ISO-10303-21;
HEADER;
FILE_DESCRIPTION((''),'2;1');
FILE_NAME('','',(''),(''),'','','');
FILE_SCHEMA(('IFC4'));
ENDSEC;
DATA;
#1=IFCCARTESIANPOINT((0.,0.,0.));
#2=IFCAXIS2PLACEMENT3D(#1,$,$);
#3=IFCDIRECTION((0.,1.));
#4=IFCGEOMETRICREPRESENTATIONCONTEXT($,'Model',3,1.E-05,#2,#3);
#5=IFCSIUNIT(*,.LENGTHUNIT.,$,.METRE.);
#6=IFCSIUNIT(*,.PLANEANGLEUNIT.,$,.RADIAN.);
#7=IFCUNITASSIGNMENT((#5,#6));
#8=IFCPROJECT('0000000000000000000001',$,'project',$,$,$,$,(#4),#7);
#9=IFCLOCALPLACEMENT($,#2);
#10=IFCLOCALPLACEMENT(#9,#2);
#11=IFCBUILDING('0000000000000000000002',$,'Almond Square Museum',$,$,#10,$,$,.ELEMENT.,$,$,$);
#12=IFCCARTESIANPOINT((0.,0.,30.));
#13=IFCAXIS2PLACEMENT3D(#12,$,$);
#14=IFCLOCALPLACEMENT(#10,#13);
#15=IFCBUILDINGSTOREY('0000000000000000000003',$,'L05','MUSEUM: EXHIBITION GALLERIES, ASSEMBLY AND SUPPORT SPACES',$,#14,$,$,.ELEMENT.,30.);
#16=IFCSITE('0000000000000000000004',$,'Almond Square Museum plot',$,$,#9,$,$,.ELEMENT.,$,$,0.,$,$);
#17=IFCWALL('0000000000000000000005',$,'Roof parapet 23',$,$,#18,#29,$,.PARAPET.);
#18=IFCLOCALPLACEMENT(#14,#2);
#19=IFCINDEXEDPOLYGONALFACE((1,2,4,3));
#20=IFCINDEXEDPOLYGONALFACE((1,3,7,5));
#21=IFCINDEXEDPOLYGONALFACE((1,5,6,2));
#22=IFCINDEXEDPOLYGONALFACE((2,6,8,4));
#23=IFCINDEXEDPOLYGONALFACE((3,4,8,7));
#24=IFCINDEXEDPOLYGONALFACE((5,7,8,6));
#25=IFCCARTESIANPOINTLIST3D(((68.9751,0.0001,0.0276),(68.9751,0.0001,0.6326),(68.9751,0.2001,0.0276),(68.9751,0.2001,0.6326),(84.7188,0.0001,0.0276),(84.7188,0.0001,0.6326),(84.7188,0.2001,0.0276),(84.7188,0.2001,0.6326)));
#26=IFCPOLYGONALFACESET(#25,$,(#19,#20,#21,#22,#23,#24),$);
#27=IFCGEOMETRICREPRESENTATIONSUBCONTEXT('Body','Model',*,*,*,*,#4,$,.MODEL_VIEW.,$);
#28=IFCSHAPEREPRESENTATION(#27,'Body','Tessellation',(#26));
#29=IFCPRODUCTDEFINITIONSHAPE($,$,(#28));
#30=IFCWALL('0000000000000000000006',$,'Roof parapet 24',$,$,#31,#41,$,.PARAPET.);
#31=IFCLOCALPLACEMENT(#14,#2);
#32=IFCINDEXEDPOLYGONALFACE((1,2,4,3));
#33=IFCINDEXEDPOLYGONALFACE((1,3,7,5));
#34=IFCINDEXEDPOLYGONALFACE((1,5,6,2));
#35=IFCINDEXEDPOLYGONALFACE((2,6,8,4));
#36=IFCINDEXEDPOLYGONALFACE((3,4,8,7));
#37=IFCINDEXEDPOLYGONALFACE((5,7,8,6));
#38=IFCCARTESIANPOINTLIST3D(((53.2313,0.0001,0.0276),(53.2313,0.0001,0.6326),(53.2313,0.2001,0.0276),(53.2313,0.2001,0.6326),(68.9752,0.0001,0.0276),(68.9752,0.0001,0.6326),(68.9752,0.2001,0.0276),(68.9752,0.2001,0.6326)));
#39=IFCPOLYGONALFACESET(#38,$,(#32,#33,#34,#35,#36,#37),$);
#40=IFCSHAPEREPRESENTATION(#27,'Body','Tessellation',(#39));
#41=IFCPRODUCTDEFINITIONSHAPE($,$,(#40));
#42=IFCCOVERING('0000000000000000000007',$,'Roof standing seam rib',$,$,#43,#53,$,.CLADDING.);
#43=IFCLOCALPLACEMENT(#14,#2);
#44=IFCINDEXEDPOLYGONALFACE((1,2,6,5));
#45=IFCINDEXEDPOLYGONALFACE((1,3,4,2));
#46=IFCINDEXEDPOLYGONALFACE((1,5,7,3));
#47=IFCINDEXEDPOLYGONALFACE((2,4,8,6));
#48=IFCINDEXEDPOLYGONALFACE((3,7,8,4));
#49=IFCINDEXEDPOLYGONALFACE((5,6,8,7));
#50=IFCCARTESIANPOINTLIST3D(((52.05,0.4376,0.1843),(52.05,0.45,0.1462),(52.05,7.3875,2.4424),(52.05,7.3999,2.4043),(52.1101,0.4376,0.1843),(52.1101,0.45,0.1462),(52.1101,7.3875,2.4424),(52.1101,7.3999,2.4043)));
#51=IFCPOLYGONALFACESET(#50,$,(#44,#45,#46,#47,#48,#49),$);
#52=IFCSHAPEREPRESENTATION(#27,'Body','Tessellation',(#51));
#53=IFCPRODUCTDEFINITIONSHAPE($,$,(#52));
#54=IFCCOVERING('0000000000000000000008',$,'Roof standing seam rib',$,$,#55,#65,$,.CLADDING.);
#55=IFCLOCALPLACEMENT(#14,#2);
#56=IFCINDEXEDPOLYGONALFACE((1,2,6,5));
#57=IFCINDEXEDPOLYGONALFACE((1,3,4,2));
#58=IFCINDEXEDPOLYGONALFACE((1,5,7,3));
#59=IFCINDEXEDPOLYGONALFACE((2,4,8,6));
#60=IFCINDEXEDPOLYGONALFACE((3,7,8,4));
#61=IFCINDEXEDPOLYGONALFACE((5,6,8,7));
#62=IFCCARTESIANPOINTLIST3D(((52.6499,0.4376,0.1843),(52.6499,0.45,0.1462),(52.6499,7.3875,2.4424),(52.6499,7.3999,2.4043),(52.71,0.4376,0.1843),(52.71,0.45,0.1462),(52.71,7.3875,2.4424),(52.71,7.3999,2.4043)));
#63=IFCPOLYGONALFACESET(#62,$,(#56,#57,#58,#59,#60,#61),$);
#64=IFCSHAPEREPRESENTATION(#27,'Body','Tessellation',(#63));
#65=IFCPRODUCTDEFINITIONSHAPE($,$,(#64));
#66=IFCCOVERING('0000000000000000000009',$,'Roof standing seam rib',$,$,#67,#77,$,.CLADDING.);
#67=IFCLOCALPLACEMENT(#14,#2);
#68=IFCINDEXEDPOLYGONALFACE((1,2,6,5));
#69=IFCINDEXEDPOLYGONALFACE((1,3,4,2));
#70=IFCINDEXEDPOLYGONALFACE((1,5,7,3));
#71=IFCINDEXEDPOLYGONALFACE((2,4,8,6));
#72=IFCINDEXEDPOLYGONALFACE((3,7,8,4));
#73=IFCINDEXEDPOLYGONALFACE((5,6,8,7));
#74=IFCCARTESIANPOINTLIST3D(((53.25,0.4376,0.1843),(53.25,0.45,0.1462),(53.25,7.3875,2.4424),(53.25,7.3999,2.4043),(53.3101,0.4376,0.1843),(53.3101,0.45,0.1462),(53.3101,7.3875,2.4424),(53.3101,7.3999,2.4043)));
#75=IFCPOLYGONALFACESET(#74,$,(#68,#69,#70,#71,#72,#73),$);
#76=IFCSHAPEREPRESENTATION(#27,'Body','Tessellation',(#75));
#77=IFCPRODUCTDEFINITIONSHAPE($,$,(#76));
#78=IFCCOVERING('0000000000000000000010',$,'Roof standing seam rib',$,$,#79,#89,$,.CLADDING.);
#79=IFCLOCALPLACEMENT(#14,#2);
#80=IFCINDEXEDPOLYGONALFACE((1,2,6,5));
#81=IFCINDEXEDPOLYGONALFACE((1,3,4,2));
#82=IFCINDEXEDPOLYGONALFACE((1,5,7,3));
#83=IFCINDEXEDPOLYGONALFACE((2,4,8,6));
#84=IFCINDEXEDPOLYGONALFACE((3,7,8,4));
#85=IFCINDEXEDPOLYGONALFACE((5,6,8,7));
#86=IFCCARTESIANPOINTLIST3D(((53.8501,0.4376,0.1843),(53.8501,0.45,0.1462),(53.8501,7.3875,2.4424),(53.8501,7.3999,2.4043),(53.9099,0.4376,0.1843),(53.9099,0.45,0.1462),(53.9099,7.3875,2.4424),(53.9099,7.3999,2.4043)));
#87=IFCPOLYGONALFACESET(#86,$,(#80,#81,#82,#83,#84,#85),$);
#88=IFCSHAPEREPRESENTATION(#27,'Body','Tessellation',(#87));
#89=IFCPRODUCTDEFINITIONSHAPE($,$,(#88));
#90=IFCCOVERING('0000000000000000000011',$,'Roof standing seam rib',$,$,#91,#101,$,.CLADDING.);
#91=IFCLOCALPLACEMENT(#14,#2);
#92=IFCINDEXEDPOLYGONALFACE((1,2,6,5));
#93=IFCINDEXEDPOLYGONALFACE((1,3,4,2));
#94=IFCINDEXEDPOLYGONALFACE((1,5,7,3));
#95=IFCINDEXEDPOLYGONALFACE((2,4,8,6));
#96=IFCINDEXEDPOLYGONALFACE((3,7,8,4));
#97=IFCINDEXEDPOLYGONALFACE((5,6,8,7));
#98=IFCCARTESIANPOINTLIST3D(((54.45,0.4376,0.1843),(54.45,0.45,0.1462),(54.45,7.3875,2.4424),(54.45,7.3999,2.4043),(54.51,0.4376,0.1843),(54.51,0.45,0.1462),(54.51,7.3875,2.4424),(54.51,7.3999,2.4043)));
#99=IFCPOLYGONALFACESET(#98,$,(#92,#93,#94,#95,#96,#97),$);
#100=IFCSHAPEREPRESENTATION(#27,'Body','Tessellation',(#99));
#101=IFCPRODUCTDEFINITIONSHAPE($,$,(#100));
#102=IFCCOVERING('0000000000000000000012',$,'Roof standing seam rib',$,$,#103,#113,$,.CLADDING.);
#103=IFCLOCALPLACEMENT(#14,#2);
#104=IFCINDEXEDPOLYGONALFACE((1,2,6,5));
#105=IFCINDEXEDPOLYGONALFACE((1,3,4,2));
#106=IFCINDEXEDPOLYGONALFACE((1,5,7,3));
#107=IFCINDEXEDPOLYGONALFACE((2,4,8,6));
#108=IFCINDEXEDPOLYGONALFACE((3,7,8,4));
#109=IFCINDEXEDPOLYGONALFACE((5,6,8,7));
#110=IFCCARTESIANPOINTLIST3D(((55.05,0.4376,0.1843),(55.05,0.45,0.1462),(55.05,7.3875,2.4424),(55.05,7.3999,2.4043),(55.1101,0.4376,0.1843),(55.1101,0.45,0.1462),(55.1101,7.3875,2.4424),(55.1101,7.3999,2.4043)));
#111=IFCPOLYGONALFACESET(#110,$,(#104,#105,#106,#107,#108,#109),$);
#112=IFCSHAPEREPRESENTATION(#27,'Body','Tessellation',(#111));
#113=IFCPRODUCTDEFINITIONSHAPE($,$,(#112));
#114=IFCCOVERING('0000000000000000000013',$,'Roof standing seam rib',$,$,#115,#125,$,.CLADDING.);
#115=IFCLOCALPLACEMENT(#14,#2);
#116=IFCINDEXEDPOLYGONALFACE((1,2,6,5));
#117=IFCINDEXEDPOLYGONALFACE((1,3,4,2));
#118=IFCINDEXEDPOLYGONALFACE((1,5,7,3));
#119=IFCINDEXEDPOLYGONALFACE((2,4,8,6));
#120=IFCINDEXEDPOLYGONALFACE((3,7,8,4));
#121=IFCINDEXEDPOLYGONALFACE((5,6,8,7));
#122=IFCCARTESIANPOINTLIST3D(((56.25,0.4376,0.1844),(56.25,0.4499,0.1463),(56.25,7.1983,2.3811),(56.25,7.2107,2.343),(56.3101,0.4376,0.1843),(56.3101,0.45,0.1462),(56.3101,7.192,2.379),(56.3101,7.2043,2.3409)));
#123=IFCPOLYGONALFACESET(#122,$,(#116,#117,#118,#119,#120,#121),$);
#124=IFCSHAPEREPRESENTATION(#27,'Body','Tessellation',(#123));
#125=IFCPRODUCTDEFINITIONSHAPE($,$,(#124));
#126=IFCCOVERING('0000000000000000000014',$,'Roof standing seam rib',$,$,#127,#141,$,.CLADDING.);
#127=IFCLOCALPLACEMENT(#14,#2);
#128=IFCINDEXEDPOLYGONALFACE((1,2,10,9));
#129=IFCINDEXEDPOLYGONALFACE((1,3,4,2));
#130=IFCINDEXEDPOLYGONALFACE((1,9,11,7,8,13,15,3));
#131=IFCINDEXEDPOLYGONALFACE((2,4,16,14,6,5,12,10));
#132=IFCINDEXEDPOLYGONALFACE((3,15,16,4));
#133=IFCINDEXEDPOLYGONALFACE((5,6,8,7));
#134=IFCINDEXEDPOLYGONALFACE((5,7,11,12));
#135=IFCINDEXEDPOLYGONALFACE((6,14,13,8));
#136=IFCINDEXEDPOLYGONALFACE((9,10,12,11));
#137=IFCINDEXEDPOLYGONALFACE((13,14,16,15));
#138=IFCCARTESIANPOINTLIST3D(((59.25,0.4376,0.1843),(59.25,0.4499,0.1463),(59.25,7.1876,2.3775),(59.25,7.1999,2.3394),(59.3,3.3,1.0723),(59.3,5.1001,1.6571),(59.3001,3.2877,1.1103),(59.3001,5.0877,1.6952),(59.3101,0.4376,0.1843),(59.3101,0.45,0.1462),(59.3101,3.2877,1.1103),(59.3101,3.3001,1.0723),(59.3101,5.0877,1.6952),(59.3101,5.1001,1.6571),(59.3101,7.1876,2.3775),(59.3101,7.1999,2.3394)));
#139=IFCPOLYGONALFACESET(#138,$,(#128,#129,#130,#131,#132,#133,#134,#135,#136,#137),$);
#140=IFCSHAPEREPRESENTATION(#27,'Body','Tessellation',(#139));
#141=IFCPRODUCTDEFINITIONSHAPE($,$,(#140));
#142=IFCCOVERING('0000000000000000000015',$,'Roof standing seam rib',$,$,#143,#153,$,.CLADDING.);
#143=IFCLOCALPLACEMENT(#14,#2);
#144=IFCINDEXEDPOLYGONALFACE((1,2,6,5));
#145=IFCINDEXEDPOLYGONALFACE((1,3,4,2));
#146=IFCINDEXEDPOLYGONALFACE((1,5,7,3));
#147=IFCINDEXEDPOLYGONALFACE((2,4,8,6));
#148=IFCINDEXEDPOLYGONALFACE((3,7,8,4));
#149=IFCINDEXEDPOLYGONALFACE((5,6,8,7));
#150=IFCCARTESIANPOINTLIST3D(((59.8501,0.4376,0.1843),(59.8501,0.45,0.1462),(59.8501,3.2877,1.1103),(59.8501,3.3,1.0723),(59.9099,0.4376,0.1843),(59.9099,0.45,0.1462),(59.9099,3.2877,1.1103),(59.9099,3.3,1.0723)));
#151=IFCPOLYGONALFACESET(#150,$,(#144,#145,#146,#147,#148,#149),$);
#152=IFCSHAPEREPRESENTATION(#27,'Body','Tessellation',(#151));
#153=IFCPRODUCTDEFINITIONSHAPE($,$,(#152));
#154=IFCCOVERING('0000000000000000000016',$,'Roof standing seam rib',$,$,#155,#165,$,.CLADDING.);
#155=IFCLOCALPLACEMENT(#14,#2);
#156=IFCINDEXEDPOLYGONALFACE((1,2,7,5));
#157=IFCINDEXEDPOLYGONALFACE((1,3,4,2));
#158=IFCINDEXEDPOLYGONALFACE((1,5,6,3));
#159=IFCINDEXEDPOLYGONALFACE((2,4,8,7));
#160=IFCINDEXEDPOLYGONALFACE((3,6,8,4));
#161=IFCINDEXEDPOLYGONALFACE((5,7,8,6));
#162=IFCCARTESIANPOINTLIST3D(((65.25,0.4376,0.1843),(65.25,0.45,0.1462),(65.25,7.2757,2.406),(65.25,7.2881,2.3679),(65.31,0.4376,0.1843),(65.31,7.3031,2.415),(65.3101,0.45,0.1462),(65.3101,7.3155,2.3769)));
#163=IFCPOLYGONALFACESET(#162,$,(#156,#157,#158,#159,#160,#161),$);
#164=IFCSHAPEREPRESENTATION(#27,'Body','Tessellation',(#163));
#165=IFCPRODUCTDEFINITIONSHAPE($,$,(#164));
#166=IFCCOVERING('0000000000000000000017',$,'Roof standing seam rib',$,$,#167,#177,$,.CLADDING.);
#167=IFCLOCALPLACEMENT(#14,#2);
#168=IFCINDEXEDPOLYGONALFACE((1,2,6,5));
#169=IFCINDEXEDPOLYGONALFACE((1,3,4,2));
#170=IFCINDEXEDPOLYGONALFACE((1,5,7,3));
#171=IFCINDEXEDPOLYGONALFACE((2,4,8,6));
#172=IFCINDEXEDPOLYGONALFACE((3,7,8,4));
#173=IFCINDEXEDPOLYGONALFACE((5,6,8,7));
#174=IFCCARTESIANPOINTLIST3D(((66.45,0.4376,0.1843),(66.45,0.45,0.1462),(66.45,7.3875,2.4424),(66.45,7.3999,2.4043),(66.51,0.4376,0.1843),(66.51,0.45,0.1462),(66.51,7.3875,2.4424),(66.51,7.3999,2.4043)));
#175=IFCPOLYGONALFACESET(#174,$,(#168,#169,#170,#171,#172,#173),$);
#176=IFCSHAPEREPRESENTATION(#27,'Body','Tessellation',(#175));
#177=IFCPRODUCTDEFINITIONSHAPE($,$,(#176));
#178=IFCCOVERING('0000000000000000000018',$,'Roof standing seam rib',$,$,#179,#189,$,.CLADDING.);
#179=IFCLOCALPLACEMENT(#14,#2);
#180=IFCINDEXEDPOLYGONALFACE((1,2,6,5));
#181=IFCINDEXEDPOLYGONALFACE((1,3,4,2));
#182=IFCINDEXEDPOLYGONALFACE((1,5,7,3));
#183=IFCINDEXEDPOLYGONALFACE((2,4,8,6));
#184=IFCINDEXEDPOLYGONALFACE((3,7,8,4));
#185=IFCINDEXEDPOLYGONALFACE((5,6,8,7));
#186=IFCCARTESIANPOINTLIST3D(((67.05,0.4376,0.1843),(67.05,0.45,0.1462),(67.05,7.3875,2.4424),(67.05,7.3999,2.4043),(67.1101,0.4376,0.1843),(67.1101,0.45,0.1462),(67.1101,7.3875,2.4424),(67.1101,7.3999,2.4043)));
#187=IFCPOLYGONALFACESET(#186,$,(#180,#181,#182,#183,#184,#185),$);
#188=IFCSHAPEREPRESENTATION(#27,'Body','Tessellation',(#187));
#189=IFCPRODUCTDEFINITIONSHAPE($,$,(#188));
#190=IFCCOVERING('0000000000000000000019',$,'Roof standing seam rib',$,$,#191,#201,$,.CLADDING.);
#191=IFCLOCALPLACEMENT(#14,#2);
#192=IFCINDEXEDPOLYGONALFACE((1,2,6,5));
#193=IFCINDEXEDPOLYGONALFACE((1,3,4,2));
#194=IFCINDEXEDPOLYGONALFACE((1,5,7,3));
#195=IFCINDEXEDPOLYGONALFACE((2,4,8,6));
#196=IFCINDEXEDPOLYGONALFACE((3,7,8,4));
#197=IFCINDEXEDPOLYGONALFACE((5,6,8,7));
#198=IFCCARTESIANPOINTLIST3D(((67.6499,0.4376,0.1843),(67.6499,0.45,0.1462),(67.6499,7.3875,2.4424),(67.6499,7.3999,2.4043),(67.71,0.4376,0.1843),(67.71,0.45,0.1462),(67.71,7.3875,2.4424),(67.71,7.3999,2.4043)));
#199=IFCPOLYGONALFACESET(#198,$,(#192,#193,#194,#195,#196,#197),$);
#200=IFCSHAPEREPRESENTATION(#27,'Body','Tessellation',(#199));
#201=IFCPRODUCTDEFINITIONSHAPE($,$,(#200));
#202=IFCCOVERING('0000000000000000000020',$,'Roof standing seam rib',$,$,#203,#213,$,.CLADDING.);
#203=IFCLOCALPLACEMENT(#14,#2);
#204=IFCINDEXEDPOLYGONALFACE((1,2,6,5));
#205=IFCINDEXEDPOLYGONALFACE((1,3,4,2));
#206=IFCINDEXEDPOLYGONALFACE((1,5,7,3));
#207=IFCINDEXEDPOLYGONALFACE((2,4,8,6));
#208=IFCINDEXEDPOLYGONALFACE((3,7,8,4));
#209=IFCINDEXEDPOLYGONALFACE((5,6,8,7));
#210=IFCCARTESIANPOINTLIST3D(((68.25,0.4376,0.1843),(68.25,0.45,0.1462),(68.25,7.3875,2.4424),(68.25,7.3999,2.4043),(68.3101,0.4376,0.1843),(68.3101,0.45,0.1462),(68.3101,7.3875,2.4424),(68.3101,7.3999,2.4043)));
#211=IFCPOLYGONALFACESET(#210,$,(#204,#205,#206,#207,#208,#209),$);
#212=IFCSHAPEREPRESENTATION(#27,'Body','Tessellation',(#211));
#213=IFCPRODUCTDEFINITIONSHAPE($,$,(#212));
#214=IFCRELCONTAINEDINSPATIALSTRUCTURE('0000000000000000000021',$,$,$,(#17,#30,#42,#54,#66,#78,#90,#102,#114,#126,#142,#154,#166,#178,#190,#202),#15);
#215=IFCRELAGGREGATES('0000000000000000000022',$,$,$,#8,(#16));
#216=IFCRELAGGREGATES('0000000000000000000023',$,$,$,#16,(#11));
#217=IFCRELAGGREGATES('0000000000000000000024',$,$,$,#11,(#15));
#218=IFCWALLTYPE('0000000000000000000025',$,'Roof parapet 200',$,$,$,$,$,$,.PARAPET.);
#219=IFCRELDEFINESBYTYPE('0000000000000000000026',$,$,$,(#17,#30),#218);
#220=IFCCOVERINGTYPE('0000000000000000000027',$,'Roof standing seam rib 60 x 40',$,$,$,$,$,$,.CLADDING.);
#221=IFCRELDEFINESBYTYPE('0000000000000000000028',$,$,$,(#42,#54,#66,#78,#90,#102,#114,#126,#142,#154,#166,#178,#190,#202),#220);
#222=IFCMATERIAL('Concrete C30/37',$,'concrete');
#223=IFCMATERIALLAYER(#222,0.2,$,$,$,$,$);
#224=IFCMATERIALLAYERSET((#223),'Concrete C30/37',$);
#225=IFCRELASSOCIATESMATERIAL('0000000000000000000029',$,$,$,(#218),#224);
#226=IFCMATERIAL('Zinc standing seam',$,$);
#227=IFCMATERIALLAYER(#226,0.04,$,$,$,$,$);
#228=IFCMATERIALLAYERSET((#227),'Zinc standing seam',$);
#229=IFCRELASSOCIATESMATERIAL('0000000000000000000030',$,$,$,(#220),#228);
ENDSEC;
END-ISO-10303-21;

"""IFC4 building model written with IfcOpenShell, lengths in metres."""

from ifc_helpers import new_model, si_unit, direction, frame, frame_2d, origin, place, context, subcontext, project, spatial, polyline, rectangle, outline, extrude, material, layer, layer_set, type_object, element, save


model = new_model("IFC4")

# Units and contexts
model_context = context("Model", 3, precision=1e-05, world=origin(), true_north=direction((0.0, 1.0)))
body_context = subcontext(model_context, "Body", "Model", "MODEL_VIEW")
ifc_project = project(units=[si_unit("LENGTHUNIT", "METRE"), si_unit("PLANEANGLEUNIT", "RADIAN")], contexts=[model_context])

# Site, building, storey
site_placement = place(None, origin())
site = spatial("IfcSite", under=ifc_project, at=site_placement, Name="Almond Square Museum plot", CompositionType="ELEMENT", RefElevation=0.0)
building_placement = place(site_placement, origin())
building = spatial("IfcBuilding", under=site, at=building_placement, Name="Almond Square Museum", CompositionType="ELEMENT")
storey_placement = place(building_placement, frame((0.0, 0.0, 30.0)))
storey = spatial("IfcBuildingStorey", under=building, at=storey_placement, Name="L05", Description="MUSEUM: EXHIBITION GALLERIES, ASSEMBLY AND SUPPORT SPACES", CompositionType="ELEMENT", Elevation=30.0)

# Walls
ifc_material_1 = material(Name="Concrete C30/37", Category="concrete")
ifc_layer_1 = layer(ifc_material_1, 0.2)
ifc_layer_set_1 = layer_set([ifc_layer_1], Name="Concrete C30/37")
wall_type = type_object("IfcWallType", Name="Roof parapet 200", PredefinedType="PARAPET", material=ifc_layer_set_1)
wall_1_placement = place(storey_placement, frame((68.9751, 0.1001, 0.0276), z_axis=(0.0, 0.0, 1.0), x_axis=(1.0, 0.0, 0.0)))
element("IfcWall", 1, at=wall_1_placement, inside=storey, type_object=wall_type, Name="Roof parapet 23", PredefinedType="PARAPET", context=body_context, shape_type="SweptSolid", body=[
    extrude(rectangle(XDim=15.7437, YDim=0.2, at=frame_2d((7.8718, 0.0))), origin(), (0.0, 0.0, 1.0), 0.605),
])
wall_2_placement = place(storey_placement, frame((53.2312, 0.1001, 0.0276), z_axis=(0.0, 0.0, 1.0), x_axis=(1.0, 0.0, 0.0)))
element("IfcWall", 2, at=wall_2_placement, inside=storey, type_object=wall_type, Name="Roof parapet 24", PredefinedType="PARAPET", context=body_context, shape_type="SweptSolid", body=[
    extrude(rectangle(XDim=15.7439, YDim=0.2, at=frame_2d((7.8721, 0.0))), origin(), (0.0, 0.0, 1.0), 0.605),
])

# Coverings
ifc_material_2 = material(Name="Zinc standing seam")
ifc_layer_2 = layer(ifc_material_2, 0.04)
ifc_layer_set_2 = layer_set([ifc_layer_2], Name="Zinc standing seam")
covering_type = type_object("IfcCoveringType", Name="Roof standing seam rib 60 x 40", PredefinedType="CLADDING", material=ifc_layer_set_2)
for number, where, z_axis, x_axis, name in (
    (3, (52.05, 0.45, 0.1462), (0.0, -0.309002, 0.951061), (1.0, 0.0, 0.0), "Roof standing seam rib"),
    (4, (52.6499, 0.45, 0.1462), (0.0, -0.309002, 0.951061), (1.0, 0.0, 0.0), "Roof standing seam rib"),
    (5, (53.25, 0.45, 0.1462), (0.0, -0.309002, 0.951061), (1.0, 0.0, 0.0), "Roof standing seam rib"),
):
    element("IfcCovering", number, at=place(storey_placement, frame(where, z_axis=z_axis, x_axis=x_axis)), inside=storey, type_object=covering_type, Name=name, PredefinedType="CLADDING", context=body_context, shape_type="SweptSolid", body=[
        extrude(outline(polyline([(0.0, 0.0), (0.0601, 0.0), (0.0601, 7.3076), (0.0, 7.3076), (0.0, 0.0)])), origin(), (0.0, 0.0, 1.0), 0.04),
    ])
covering_1_placement = place(storey_placement, frame((53.8501, 0.45, 0.1462), z_axis=(0.0, -0.309002, 0.951061), x_axis=(1.0, 0.0, 0.0)))
element("IfcCovering", 6, at=covering_1_placement, inside=storey, type_object=covering_type, Name="Roof standing seam rib", PredefinedType="CLADDING", context=body_context, shape_type="SweptSolid", body=[
    extrude(outline(polyline([(0.0, 0.0), (0.0598, 0.0), (0.0598, 7.3076), (0.0, 7.3076), (0.0, 0.0)])), origin(), (0.0, 0.0, 1.0), 0.04),
])
for number, where, z_axis, x_axis, name in (
    (7, (54.45, 0.45, 0.1462), (0.0, -0.309002, 0.951061), (1.0, 0.0, 0.0), "Roof standing seam rib"),
    (8, (55.05, 0.45, 0.1462), (0.0, -0.309002, 0.951061), (1.0, 0.0, 0.0), "Roof standing seam rib"),
):
    element("IfcCovering", number, at=place(storey_placement, frame(where, z_axis=z_axis, x_axis=x_axis)), inside=storey, type_object=covering_type, Name=name, PredefinedType="CLADDING", context=body_context, shape_type="SweptSolid", body=[
        extrude(outline(polyline([(0.0, 0.0), (0.0601, 0.0), (0.0601, 7.3076), (0.0, 7.3076), (0.0, 0.0)])), origin(), (0.0, 0.0, 1.0), 0.04),
    ])
covering_2_placement = place(storey_placement, frame((56.3101, 0.45, 0.1462), z_axis=(0.001067, -0.309018, 0.951055), x_axis=(0.0, 0.951056, 0.309018)))
element("IfcCovering", 9, at=covering_2_placement, inside=storey, type_object=covering_type, Name="Roof standing seam rib", PredefinedType="CLADDING", context=body_context, shape_type="SweptSolid", body=[
    extrude(outline(polyline([(0.0, 0.0), (7.102, 0.0), (7.1087, 0.0601), (0.0, 0.0601), (0.0, 0.0)])), origin(), (0.0, 0.0, 1.0), 0.04),
])
covering_3_placement = place(storey_placement, frame((59.3, 3.3, 1.0723), z_axis=(0.000499, -0.309008, 0.951059), x_axis=(0.0, 0.951059, 0.309008)))
element("IfcCovering", 10, at=covering_3_placement, inside=storey, type_object=covering_type, Name="Roof standing seam rib", PredefinedType="CLADDING", context=body_context, shape_type="SweptSolid", body=[
    extrude(outline(polyline([(0.0, 0.0), (1.8926, 0.0), (1.8926, -0.01), (4.1006, -0.01), (4.1006, 0.05), (-2.9968, 0.05), (-2.9968, -0.01), (0.0, -0.01), (0.0, 0.0)])), origin(), (0.0, 0.0, 1.0), 0.04),
])
covering_4_placement = place(storey_placement, frame((59.8501, 3.3, 1.0723), z_axis=(0.0, -0.309009, 0.951059), x_axis=(0.0, -0.951059, -0.309009)))
element("IfcCovering", 11, at=covering_4_placement, inside=storey, type_object=covering_type, Name="Roof standing seam rib", PredefinedType="CLADDING", context=body_context, shape_type="SweptSolid", body=[
    extrude(outline(polyline([(0.0, 0.0), (2.9968, 0.0), (2.9968, 0.0598), (0.0, 0.0598), (0.0, 0.0)])), origin(), (0.0, 0.0, 1.0), 0.04),
])
covering_5_placement = place(storey_placement, frame((65.3101, 0.45, 0.1462), z_axis=(-0.00118, -0.309005, 0.95106), x_axis=(0.0, 0.95106, 0.309006)))
element("IfcCovering", 12, at=covering_5_placement, inside=storey, type_object=covering_type, Name="Roof standing seam rib", PredefinedType="CLADDING", context=body_context, shape_type="SweptSolid", body=[
    extrude(outline(polyline([(0.0, 0.0), (7.2188, 0.0), (7.19, 0.0601), (0.0, 0.0601), (0.0, 0.0)])), origin(), (0.0, 0.0, 1.0), 0.04),
])
for number, where, z_axis, x_axis, name in (
    (13, (66.45, 0.45, 0.1462), (0.0, -0.309002, 0.951061), (1.0, 0.0, 0.0), "Roof standing seam rib"),
    (14, (67.05, 0.45, 0.1462), (0.0, -0.309002, 0.951061), (1.0, 0.0, 0.0), "Roof standing seam rib"),
    (15, (67.6499, 0.45, 0.1462), (0.0, -0.309002, 0.951061), (1.0, 0.0, 0.0), "Roof standing seam rib"),
    (16, (68.25, 0.45, 0.1462), (0.0, -0.309002, 0.951061), (1.0, 0.0, 0.0), "Roof standing seam rib"),
):
    element("IfcCovering", number, at=place(storey_placement, frame(where, z_axis=z_axis, x_axis=x_axis)), inside=storey, type_object=covering_type, Name=name, PredefinedType="CLADDING", context=body_context, shape_type="SweptSolid", body=[
        extrude(outline(polyline([(0.0, 0.0), (0.0601, 0.0), (0.0601, 7.3076), (0.0, 7.3076), (0.0, 0.0)])), origin(), (0.0, 0.0, 1.0), 0.04),
    ])

save(model, "model.ifc")
